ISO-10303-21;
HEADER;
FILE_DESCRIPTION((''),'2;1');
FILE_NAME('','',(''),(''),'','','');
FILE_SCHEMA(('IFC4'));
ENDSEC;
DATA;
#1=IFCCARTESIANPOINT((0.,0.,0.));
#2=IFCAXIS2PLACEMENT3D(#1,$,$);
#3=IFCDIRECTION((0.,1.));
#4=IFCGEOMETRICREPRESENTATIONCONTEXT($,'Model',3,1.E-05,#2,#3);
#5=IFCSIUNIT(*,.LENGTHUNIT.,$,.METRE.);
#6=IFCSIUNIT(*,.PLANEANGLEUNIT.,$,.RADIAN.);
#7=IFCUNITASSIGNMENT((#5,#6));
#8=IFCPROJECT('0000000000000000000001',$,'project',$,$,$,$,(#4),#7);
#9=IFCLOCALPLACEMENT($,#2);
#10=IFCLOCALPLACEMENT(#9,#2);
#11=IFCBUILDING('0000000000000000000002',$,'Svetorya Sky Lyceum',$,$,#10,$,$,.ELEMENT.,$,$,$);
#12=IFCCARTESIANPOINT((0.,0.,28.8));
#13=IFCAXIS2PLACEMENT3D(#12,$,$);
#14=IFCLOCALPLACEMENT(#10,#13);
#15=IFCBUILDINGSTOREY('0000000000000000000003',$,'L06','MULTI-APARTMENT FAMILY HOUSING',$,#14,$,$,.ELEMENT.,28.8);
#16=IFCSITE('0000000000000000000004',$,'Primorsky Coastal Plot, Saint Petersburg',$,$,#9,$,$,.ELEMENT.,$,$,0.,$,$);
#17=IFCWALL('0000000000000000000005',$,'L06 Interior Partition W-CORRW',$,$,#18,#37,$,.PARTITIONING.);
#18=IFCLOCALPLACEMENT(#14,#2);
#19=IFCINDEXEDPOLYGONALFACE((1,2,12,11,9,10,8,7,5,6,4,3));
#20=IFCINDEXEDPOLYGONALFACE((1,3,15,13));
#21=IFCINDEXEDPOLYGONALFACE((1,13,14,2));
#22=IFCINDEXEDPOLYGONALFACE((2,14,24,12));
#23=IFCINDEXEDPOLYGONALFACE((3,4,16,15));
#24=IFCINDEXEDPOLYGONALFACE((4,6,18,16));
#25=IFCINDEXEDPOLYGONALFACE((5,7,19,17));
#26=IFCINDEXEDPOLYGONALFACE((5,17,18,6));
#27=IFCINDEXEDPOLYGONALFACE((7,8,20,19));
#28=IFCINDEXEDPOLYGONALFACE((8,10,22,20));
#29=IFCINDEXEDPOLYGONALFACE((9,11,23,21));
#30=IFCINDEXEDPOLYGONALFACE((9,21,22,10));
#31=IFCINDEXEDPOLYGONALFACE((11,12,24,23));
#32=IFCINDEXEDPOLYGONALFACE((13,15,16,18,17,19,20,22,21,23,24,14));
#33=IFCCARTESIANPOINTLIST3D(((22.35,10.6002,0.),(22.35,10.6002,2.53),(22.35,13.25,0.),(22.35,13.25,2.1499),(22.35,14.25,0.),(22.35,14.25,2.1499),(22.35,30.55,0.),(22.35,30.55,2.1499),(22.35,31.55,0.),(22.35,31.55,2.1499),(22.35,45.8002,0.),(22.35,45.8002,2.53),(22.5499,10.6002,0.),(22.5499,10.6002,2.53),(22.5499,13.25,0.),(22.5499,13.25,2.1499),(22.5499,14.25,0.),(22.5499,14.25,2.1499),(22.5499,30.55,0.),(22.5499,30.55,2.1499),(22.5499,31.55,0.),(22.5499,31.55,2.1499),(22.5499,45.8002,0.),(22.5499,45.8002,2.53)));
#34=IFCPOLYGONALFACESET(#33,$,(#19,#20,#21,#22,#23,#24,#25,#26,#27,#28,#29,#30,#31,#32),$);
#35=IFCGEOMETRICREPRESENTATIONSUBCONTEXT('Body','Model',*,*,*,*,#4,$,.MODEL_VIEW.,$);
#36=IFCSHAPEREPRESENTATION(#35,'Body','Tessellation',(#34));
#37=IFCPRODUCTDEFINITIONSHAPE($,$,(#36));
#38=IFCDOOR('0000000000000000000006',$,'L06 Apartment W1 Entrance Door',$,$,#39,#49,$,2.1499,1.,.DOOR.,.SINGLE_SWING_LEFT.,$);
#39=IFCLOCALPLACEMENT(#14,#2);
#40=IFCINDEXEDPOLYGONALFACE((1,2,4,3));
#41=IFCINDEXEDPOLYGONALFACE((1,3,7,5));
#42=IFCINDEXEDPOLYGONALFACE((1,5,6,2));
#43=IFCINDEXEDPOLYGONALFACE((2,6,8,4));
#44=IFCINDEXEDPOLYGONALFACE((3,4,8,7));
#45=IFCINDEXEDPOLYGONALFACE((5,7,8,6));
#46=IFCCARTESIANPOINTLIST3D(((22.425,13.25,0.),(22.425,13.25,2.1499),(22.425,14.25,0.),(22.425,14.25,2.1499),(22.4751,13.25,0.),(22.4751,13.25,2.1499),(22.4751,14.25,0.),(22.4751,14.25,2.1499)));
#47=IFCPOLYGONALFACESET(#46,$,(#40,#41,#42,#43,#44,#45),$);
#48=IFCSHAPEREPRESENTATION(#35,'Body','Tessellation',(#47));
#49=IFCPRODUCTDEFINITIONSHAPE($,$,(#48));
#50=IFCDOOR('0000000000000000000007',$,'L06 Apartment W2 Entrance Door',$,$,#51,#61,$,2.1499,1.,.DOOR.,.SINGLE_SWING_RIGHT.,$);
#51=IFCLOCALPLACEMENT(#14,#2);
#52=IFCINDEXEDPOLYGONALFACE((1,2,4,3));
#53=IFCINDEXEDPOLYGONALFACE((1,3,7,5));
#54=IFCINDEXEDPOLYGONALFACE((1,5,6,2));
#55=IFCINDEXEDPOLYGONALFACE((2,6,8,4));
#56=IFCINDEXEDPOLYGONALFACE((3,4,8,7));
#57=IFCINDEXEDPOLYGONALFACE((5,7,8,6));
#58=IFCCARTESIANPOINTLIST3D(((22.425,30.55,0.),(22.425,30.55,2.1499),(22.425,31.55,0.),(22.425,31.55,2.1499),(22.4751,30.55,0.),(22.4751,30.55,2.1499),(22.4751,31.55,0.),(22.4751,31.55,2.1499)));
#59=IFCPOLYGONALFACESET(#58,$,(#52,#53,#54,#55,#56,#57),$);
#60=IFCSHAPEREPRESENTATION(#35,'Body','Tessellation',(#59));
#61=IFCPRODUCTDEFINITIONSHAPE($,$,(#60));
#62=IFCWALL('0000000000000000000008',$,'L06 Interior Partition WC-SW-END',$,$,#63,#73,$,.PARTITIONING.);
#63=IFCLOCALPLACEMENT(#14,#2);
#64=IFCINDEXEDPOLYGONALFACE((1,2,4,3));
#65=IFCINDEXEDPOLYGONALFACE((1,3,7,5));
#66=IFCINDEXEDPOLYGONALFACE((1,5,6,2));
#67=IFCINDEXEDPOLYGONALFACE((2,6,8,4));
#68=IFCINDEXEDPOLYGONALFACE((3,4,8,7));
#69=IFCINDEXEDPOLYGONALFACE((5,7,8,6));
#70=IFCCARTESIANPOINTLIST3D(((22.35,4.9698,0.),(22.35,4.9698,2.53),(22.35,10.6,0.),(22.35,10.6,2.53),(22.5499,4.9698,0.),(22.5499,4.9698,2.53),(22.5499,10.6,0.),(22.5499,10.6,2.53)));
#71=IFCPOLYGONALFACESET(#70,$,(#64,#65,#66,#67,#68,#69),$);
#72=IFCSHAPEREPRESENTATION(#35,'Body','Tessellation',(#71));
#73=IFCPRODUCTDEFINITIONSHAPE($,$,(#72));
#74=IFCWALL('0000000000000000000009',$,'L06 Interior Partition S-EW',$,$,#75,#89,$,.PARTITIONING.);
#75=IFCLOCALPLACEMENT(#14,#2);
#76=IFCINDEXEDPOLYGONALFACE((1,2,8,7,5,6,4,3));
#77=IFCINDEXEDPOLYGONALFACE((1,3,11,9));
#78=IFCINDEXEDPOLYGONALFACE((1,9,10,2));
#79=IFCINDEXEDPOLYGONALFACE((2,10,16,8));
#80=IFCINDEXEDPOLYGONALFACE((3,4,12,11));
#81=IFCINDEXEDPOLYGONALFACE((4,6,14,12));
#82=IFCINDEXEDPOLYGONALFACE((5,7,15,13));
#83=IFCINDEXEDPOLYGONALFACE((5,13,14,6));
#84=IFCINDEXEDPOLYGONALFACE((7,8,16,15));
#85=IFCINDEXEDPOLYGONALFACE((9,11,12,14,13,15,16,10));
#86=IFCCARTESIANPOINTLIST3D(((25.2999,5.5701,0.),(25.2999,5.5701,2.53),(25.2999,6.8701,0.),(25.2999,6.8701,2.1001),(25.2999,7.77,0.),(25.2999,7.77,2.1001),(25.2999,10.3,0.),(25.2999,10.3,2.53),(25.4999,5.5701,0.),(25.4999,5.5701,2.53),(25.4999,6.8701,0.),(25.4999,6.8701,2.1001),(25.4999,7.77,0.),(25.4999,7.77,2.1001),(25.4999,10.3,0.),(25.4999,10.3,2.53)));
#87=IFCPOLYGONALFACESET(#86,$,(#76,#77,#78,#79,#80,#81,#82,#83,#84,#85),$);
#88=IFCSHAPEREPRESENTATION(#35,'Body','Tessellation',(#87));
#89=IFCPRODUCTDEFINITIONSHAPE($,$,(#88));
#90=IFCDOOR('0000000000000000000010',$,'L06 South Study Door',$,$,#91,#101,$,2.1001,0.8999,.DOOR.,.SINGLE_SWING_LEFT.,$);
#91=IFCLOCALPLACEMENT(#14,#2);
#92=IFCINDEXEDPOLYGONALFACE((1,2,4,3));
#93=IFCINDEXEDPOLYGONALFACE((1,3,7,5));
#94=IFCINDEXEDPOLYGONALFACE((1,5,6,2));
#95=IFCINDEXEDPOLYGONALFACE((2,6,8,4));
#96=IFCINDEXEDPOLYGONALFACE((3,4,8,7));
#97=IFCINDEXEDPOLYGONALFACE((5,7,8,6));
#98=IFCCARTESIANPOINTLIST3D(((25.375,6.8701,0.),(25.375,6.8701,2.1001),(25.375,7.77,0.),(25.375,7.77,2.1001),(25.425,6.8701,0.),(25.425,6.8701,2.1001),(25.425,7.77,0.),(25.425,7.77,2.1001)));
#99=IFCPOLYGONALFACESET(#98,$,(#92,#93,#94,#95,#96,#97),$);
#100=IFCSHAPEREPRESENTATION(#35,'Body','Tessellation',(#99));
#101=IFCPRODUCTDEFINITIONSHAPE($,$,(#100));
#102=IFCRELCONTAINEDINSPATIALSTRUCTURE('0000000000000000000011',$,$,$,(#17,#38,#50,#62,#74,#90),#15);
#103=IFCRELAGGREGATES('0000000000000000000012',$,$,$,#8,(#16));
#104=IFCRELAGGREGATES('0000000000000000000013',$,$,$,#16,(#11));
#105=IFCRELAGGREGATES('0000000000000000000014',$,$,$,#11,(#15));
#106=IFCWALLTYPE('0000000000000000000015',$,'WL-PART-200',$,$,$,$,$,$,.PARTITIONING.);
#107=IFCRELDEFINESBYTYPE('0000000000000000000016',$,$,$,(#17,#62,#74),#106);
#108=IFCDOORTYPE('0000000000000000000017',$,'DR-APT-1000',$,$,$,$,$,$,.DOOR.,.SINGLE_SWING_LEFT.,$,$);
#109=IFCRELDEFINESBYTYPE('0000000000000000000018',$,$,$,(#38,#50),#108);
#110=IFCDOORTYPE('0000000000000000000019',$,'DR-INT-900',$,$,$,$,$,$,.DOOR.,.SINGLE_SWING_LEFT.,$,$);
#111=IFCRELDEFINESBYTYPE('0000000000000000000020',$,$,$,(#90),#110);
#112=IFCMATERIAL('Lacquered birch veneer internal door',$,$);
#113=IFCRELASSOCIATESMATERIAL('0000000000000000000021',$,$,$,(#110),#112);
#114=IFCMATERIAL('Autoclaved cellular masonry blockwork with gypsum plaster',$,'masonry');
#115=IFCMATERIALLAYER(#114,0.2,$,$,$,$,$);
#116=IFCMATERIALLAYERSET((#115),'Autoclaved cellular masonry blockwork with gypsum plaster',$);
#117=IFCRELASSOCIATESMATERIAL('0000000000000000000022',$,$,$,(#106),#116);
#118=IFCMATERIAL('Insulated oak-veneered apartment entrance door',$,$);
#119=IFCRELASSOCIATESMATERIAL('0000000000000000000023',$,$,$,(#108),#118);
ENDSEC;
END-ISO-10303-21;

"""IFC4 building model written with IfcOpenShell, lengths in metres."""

from ifc_helpers import new_model, si_unit, direction, frame, frame_2d, origin, place, context, subcontext, project, spatial, rectangle, extrude, material, layer, layer_set, type_object, element, fill, save


model = new_model("IFC4")

# Units and contexts
model_context = context("Model", 3, precision=1e-05, world=origin(), true_north=direction((0.0, 1.0)))
body_context = subcontext(model_context, "Body", "Model", "MODEL_VIEW")
ifc_project = project(units=[si_unit("LENGTHUNIT", "METRE"), si_unit("PLANEANGLEUNIT", "RADIAN")], contexts=[model_context])

# Site, building, storey
site_placement = place(None, origin())
site = spatial("IfcSite", under=ifc_project, at=site_placement, Name="Primorsky Coastal Plot, Saint Petersburg", CompositionType="ELEMENT", RefElevation=0.0)
building_placement = place(site_placement, origin())
building = spatial("IfcBuilding", under=site, at=building_placement, Name="Svetorya Sky Lyceum", CompositionType="ELEMENT")
storey_placement = place(building_placement, frame((0.0, 0.0, 28.8)))
storey = spatial("IfcBuildingStorey", under=building, at=storey_placement, Name="L06", Description="MULTI-APARTMENT FAMILY HOUSING", CompositionType="ELEMENT", Elevation=28.8)

# Shared definitions
ifc_material_1 = material(Name="Lacquered birch veneer internal door")
door_type_1 = type_object("IfcDoorType", Name="DR-INT-900", OperationType="SINGLE_SWING_LEFT", PredefinedType="DOOR", material=ifc_material_1)

# Shared definitions
ifc_material_2 = material(Name="Autoclaved cellular masonry blockwork with gypsum plaster", Category="masonry")
ifc_layer_1 = layer(ifc_material_2, 0.2)
ifc_layer_set_1 = layer_set([ifc_layer_1], Name="Autoclaved cellular masonry blockwork with gypsum plaster")
wall_type_1 = type_object("IfcWallType", Name="WL-PART-200", PredefinedType="PARTITIONING", material=ifc_layer_set_1)

# Wall, openings, doors
wall_1_placement = place(storey_placement, frame((22.45, 10.6001, 0.0), z_axis=(0.0, 0.0, 1.0), x_axis=(0.0, 1.0, 0.0)))
wall_1 = element("IfcWall", 1, at=wall_1_placement, inside=storey, type_object=wall_type_1, Name="L06 Interior Partition W-CORRW", PredefinedType="PARTITIONING", context=body_context, shape_type="SweptSolid", body=[
    extrude(rectangle(XDim=35.2, YDim=0.2, at=frame_2d((17.6001, 0.0))), origin(), (0.0, 0.0, 1.0), 2.53),
])
opening_1_placement = place(wall_1_placement, frame((2.6499, 0.0, 0.0)))
opening_1 = element("IfcOpeningElement", 2, at=opening_1_placement, cuts=wall_1, PredefinedType="OPENING", context=body_context, shape_type="SweptSolid", body=[
    extrude(rectangle(XDim=1.0, YDim=2.1499, at=frame_2d((0.5, 1.075))), frame((0.0, 0.1099, 0.0), z_axis=(0.0, -1.0, 0.0), x_axis=(1.0, 0.0, 0.0)), (0.0, 0.0, 1.0), 0.22),
])
opening_2_placement = place(wall_1_placement, frame((19.95, 0.0, 0.0)))
opening_2 = element("IfcOpeningElement", 3, at=opening_2_placement, cuts=wall_1, PredefinedType="OPENING", context=body_context, shape_type="SweptSolid", body=[
    extrude(rectangle(XDim=1.0, YDim=2.1499, at=frame_2d((0.5, 1.075))), frame((0.0, 0.1099, 0.0), z_axis=(0.0, -1.0, 0.0), x_axis=(1.0, 0.0, 0.0)), (0.0, 0.0, 1.0), 0.22),
])
ifc_material_3 = material(Name="Insulated oak-veneered apartment entrance door")
door_type_2 = type_object("IfcDoorType", Name="DR-APT-1000", OperationType="SINGLE_SWING_LEFT", PredefinedType="DOOR", material=ifc_material_3)
door_1_placement = place(opening_1_placement, origin())
door_1 = element("IfcDoor", 4, at=door_1_placement, inside=storey, type_object=door_type_2, Name="L06 Apartment W1 Entrance Door", OperationType="SINGLE_SWING_LEFT", OverallHeight=2.1499, OverallWidth=1.0, PredefinedType="DOOR", context=body_context, shape_type="SweptSolid", body=[
    extrude(rectangle(XDim=1.0, YDim=2.1499, at=frame_2d((0.5, 1.075))), frame((0.0, 0.0249, 0.0), z_axis=(0.0, -1.0, 0.0), x_axis=(1.0, 0.0, 0.0)), (0.0, 0.0, 1.0), 0.05),
])
fill(opening_1, door_1)
door_2_placement = place(opening_2_placement, origin())
door_2 = element("IfcDoor", 5, at=door_2_placement, inside=storey, type_object=door_type_2, Name="L06 Apartment W2 Entrance Door", OperationType="SINGLE_SWING_RIGHT", OverallHeight=2.1499, OverallWidth=1.0, PredefinedType="DOOR", context=body_context, shape_type="SweptSolid", body=[
    extrude(rectangle(XDim=1.0, YDim=2.1499, at=frame_2d((0.5, 1.075))), frame((0.0, 0.0249, 0.0), z_axis=(0.0, -1.0, 0.0), x_axis=(1.0, 0.0, 0.0)), (0.0, 0.0, 1.0), 0.05),
])
fill(opening_2, door_2)

# Wall
wall_2_placement = place(storey_placement, frame((22.45, 4.97, 0.0), z_axis=(0.0, 0.0, 1.0), x_axis=(0.0, 1.0, 0.0)))
element("IfcWall", 6, at=wall_2_placement, inside=storey, type_object=wall_type_1, Name="L06 Interior Partition WC-SW-END", PredefinedType="PARTITIONING", context=body_context, shape_type="SweptSolid", body=[
    extrude(rectangle(XDim=5.6301, YDim=0.2, at=frame_2d((2.8149, 0.0))), origin(), (0.0, 0.0, 1.0), 2.53),
])

# Wall, opening, door
wall_3_placement = place(storey_placement, frame((25.3999, 5.5701, 0.0), z_axis=(0.0, 0.0, 1.0), x_axis=(0.0, 1.0, 0.0)))
wall_3 = element("IfcWall", 7, at=wall_3_placement, inside=storey, type_object=wall_type_1, Name="L06 Interior Partition S-EW", PredefinedType="PARTITIONING", context=body_context, shape_type="SweptSolid", body=[
    extrude(rectangle(XDim=4.73, YDim=0.2, at=frame_2d((2.365, 0.0))), origin(), (0.0, 0.0, 1.0), 2.53),
])
opening_3_placement = place(wall_3_placement, frame((1.3, 0.0, 0.0)))
opening_3 = element("IfcOpeningElement", 8, at=opening_3_placement, cuts=wall_3, PredefinedType="OPENING", context=body_context, shape_type="SweptSolid", body=[
    extrude(rectangle(XDim=0.8999, YDim=2.1001, at=frame_2d((0.45, 1.05))), frame((0.0, 0.1099, 0.0), z_axis=(0.0, -1.0, 0.0), x_axis=(1.0, 0.0, 0.0)), (0.0, 0.0, 1.0), 0.22),
])
door_3_placement = place(opening_3_placement, origin())
door_3 = element("IfcDoor", 9, at=door_3_placement, inside=storey, type_object=door_type_1, Name="L06 South Study Door", OperationType="SINGLE_SWING_LEFT", OverallHeight=2.1001, OverallWidth=0.8999, PredefinedType="DOOR", context=body_context, shape_type="SweptSolid", body=[
    extrude(rectangle(XDim=0.8999, YDim=2.1001, at=frame_2d((0.45, 1.05))), frame((0.0, 0.0249, 0.0), z_axis=(0.0, -1.0, 0.0), x_axis=(1.0, 0.0, 0.0)), (0.0, 0.0, 1.0), 0.05),
])
fill(opening_3, door_3)

save(model, "model.ifc")
